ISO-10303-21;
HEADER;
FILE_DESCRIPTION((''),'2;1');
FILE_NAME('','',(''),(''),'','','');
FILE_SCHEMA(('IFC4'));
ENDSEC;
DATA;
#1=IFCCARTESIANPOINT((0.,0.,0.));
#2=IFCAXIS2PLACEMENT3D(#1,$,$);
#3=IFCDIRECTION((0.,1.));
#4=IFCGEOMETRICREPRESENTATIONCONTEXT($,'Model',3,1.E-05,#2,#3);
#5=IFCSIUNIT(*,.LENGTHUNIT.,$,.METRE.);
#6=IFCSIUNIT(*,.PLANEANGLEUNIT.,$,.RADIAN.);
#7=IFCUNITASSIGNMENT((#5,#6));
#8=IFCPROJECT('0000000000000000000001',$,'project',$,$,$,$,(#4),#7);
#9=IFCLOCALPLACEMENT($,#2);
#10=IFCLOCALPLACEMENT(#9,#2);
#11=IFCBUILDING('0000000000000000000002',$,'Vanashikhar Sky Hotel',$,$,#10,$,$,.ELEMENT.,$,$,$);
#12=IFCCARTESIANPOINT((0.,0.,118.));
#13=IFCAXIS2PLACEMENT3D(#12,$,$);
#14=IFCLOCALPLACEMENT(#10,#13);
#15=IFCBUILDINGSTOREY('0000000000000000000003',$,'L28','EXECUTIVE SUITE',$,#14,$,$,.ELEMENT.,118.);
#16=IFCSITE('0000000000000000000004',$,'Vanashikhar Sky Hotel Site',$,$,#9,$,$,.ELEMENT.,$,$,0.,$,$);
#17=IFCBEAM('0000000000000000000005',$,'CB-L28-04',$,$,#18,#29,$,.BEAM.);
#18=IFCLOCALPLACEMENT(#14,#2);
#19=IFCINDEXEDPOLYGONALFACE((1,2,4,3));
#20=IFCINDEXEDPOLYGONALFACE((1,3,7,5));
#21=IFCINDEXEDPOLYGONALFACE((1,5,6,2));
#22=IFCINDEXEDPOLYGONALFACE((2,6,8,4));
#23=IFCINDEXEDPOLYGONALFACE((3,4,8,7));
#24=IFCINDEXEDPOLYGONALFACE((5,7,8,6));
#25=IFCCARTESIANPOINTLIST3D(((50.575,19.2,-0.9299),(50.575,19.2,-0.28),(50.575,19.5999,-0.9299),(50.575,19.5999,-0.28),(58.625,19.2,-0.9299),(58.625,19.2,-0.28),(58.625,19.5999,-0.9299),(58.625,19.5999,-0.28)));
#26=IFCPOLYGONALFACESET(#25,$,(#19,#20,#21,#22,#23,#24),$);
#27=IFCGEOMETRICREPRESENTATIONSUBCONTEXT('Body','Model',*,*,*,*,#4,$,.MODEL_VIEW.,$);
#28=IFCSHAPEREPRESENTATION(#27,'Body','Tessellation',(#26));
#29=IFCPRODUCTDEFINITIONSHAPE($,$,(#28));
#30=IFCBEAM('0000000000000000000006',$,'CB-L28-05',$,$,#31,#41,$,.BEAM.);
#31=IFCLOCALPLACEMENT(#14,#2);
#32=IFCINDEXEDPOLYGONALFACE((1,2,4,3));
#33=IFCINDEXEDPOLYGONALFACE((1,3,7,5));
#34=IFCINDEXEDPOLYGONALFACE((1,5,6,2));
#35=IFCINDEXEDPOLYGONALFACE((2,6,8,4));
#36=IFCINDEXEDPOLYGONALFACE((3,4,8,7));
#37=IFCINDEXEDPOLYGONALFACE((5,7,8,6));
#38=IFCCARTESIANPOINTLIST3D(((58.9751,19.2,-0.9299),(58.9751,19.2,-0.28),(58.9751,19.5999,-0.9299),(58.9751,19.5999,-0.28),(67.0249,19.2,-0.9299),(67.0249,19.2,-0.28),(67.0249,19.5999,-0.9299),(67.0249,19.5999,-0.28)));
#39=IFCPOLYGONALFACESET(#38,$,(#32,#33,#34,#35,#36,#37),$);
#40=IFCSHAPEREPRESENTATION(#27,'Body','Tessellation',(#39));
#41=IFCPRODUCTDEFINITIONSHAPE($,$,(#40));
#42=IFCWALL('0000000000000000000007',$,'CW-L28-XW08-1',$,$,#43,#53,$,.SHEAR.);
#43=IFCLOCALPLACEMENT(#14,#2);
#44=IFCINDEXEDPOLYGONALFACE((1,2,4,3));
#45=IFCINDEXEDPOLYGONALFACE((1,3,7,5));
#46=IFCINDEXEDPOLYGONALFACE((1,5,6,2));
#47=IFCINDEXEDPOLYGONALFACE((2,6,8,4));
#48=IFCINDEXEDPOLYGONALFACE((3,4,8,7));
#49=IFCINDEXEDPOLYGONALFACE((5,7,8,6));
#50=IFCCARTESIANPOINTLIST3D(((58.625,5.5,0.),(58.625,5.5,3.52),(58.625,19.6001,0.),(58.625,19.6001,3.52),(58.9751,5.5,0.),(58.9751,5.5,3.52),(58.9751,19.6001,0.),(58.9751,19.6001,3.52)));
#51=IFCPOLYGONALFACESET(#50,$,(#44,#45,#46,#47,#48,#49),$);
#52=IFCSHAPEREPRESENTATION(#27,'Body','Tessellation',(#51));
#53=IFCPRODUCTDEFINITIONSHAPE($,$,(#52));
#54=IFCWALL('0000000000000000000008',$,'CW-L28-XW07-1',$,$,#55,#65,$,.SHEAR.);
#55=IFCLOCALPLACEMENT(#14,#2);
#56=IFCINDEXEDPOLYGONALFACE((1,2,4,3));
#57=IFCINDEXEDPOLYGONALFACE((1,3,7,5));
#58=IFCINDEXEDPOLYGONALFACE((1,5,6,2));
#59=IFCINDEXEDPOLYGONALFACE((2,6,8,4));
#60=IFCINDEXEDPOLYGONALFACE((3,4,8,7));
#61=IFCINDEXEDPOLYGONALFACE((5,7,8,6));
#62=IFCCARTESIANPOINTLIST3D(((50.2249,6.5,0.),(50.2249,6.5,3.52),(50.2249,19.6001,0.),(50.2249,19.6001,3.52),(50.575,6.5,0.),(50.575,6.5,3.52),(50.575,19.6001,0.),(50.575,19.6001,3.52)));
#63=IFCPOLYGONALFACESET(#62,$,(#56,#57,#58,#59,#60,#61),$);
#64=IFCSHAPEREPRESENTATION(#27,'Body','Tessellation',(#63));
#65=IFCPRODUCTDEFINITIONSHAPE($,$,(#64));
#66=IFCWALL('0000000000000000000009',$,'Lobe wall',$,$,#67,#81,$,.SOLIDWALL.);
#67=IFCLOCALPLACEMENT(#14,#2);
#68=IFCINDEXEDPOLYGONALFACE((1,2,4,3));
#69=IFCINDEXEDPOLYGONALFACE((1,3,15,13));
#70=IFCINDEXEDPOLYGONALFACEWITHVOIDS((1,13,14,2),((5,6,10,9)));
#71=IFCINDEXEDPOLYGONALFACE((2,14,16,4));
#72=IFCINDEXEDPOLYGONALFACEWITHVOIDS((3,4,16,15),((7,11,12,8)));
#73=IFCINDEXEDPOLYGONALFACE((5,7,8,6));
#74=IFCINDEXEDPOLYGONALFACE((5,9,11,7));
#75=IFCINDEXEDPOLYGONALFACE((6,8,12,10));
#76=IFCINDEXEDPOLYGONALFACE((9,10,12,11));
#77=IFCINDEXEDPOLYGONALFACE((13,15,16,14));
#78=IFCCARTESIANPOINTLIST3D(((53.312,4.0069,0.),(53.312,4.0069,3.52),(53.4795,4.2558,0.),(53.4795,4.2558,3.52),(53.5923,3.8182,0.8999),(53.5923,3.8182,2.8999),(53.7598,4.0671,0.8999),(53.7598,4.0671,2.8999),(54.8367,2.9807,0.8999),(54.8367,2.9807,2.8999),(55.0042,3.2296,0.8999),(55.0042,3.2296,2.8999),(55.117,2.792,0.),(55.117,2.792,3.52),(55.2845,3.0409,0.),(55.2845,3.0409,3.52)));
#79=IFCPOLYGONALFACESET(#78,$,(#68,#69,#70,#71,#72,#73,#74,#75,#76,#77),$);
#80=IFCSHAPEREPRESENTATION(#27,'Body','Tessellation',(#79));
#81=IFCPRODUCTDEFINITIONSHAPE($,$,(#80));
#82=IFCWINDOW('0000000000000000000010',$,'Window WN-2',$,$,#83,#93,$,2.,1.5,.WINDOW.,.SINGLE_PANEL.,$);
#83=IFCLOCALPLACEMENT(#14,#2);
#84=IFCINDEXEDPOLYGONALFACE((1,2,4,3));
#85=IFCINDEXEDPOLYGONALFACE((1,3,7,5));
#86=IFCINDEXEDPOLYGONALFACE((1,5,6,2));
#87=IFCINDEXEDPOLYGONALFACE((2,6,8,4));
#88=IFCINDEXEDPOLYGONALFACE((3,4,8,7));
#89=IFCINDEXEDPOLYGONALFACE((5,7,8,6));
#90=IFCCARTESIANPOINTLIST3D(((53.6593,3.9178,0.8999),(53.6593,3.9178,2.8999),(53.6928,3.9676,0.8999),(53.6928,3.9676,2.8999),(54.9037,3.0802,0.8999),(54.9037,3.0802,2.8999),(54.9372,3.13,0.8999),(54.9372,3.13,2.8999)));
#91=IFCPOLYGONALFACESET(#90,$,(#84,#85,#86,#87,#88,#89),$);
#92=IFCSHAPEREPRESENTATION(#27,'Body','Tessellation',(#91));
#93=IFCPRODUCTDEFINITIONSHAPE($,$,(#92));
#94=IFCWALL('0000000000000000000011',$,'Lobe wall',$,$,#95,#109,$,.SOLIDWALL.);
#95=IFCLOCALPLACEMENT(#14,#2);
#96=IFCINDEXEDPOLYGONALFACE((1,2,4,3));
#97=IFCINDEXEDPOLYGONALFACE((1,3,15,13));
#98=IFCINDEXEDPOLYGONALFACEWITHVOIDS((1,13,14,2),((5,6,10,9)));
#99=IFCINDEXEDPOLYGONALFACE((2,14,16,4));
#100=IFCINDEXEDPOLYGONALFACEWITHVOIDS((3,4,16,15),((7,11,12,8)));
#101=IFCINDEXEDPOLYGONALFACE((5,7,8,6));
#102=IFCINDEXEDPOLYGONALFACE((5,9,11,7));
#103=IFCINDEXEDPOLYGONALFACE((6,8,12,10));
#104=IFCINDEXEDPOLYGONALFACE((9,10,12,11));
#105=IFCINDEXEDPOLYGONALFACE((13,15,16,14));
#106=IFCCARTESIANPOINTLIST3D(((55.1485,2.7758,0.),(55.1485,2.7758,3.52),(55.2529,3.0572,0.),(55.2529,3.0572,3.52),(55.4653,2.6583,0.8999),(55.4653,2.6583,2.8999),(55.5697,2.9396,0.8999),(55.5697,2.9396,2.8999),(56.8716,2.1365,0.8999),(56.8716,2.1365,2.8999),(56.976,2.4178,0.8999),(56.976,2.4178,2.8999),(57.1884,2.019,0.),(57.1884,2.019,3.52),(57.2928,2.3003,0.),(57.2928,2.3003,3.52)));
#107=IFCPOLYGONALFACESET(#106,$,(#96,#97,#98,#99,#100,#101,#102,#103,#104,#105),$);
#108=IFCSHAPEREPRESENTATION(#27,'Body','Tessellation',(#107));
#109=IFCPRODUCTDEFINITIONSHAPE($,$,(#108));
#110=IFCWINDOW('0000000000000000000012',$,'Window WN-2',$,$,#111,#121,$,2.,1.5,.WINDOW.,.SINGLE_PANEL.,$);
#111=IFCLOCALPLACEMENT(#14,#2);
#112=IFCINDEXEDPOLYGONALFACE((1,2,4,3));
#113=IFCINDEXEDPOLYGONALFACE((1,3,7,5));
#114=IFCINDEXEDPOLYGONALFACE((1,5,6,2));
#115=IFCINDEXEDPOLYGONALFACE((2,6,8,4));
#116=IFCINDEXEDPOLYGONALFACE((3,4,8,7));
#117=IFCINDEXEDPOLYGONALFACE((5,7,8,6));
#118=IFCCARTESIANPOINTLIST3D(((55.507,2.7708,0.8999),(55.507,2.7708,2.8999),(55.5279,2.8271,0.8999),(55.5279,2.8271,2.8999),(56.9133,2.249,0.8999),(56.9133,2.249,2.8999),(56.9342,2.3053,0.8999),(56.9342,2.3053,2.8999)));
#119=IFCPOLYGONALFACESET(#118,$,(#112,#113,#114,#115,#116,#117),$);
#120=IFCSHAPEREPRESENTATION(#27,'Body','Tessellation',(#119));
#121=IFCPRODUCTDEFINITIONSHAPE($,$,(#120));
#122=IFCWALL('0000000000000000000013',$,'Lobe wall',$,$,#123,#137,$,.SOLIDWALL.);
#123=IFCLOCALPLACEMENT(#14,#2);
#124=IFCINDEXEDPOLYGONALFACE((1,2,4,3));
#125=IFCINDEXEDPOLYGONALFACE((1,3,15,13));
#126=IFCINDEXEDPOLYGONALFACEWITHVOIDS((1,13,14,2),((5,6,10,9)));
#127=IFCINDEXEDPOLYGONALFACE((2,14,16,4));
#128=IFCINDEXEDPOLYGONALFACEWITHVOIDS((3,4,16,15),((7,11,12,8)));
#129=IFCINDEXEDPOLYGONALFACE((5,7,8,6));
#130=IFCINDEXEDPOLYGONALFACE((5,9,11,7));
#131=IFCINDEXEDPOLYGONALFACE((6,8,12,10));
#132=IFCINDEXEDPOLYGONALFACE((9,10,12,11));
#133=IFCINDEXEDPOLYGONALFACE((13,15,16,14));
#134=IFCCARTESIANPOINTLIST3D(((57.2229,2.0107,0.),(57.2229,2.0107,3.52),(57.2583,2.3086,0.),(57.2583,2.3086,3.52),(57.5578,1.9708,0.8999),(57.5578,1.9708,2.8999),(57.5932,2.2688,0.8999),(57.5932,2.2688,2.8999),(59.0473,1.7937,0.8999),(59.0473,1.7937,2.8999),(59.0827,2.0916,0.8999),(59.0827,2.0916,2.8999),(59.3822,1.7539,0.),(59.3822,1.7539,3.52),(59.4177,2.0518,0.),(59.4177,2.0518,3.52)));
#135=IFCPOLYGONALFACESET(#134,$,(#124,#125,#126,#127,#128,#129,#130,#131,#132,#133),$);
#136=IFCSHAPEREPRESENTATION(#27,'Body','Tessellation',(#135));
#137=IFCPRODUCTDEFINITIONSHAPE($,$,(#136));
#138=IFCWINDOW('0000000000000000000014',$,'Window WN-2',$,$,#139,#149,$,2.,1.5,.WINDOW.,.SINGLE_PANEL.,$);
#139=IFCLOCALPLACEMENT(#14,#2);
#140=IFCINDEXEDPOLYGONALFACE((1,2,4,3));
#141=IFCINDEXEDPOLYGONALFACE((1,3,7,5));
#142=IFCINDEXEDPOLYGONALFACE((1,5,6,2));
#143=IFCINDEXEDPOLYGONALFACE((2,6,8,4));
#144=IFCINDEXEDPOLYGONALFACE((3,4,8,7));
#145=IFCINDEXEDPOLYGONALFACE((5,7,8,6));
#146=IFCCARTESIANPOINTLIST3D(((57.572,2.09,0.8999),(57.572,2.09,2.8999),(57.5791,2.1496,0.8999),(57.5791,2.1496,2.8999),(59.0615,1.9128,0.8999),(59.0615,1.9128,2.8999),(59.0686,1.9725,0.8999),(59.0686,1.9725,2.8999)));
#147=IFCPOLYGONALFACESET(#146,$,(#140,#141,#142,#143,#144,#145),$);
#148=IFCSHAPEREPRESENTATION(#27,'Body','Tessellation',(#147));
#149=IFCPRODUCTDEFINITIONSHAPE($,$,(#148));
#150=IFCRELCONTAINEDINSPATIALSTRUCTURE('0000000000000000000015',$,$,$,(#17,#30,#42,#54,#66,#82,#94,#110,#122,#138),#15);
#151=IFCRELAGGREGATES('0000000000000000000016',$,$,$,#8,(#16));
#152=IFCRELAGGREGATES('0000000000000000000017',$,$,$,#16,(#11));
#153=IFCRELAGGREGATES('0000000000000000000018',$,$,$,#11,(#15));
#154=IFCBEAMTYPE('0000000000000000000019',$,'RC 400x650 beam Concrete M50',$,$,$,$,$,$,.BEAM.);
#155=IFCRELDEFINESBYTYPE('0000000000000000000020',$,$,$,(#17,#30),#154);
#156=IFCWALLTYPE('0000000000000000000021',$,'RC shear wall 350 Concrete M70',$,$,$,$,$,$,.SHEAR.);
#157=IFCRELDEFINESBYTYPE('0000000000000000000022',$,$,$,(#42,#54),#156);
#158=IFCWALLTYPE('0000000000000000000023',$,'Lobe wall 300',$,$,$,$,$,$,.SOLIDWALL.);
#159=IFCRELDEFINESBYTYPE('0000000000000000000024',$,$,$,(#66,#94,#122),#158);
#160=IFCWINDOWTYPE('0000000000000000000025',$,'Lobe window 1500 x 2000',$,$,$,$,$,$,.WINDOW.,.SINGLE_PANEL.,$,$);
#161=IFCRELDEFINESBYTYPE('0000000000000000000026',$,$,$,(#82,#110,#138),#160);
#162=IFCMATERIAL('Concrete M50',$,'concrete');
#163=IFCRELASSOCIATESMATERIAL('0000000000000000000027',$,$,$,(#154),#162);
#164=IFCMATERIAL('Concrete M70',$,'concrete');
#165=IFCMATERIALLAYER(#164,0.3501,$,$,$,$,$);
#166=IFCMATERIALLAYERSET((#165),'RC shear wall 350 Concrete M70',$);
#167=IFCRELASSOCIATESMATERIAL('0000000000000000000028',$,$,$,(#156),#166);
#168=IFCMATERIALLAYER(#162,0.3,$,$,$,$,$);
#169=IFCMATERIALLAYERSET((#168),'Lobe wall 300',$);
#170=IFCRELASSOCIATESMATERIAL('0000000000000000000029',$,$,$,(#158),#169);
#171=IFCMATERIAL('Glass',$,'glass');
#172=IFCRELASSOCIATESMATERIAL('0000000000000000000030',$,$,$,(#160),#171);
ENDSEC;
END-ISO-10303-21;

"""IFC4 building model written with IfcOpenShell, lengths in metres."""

from ifc_helpers import new_model, si_unit, direction, frame, frame_2d, origin, origin_2d, place, context, subcontext, project, spatial, rectangle, extrude, source, transform, mapped, material, layer, layer_set, material_profile, profile_set, type_object, element, fill, save


model = new_model("IFC4")

# Units and contexts
model_context = context("Model", 3, precision=1e-05, world=origin(), true_north=direction((0.0, 1.0)))
body_context = subcontext(model_context, "Body", "Model", "MODEL_VIEW")
ifc_project = project(units=[si_unit("LENGTHUNIT", "METRE"), si_unit("PLANEANGLEUNIT", "RADIAN")], contexts=[model_context])

# Site, building, storey
site_placement = place(None, origin())
site = spatial("IfcSite", under=ifc_project, at=site_placement, Name="Vanashikhar Sky Hotel Site", CompositionType="ELEMENT", RefElevation=0.0)
building_placement = place(site_placement, origin())
building = spatial("IfcBuilding", under=site, at=building_placement, Name="Vanashikhar Sky Hotel", CompositionType="ELEMENT")
storey_placement = place(building_placement, frame((0.0, 0.0, 118.0)))
storey = spatial("IfcBuildingStorey", under=building, at=storey_placement, Name="L28", Description="EXECUTIVE SUITE", CompositionType="ELEMENT", Elevation=118.0)

# Beams
ifc_material_1 = material(Name="Concrete M50", Category="concrete")
ifc_material_profile_1 = material_profile(ifc_material_1, rectangle(XDim=0.3999, YDim=0.6499, at=origin_2d()))
ifc_profile_set_1 = profile_set([ifc_material_profile_1], Name="RC 400x650 beam Concrete M50")
beam_type = type_object("IfcBeamType", Name="RC 400x650 beam Concrete M50", PredefinedType="BEAM", material=ifc_profile_set_1)
shared_shape_1 = source(origin(), body_context, "Body", "SweptSolid", [
    extrude(rectangle(XDim=0.3999, YDim=0.6499, at=origin_2d()), origin(), (0.0, 0.0, 1.0), 8.05),
])
beam_1_placement = place(storey_placement, frame((50.575, 19.3999, -0.605), z_axis=(1.0, 0.0, 0.0), x_axis=(0.0, 1.0, 0.0)))
element("IfcBeam", 1, at=beam_1_placement, inside=storey, type_object=beam_type, Name="CB-L28-04", PredefinedType="BEAM", context=body_context, shape_type="MappedRepresentation", body=[
    mapped(shared_shape_1, transform((0.0, 0.0, 0.0), scale=1.0)),
])
shared_shape_2 = source(origin(), body_context, "Body", "SweptSolid", [
    extrude(rectangle(XDim=0.3999, YDim=0.6499, at=origin_2d()), origin(), (0.0, 0.0, 1.0), 8.0498),
])
beam_2_placement = place(storey_placement, frame((58.9751, 19.3999, -0.605), z_axis=(1.0, 0.0, 0.0), x_axis=(0.0, 1.0, 0.0)))
element("IfcBeam", 2, at=beam_2_placement, inside=storey, type_object=beam_type, Name="CB-L28-05", PredefinedType="BEAM", context=body_context, shape_type="MappedRepresentation", body=[
    mapped(shared_shape_2, transform((0.0, 0.0, 0.0), scale=1.0)),
])

# Walls
ifc_material_2 = material(Name="Concrete M70", Category="concrete")
ifc_layer_1 = layer(ifc_material_2, 0.3501)
ifc_layer_set_1 = layer_set([ifc_layer_1], Name="RC shear wall 350 Concrete M70")
wall_type_1 = type_object("IfcWallType", Name="RC shear wall 350 Concrete M70", PredefinedType="SHEAR", material=ifc_layer_set_1)
shared_shape_3 = source(origin(), body_context, "Body", "SweptSolid", [
    extrude(rectangle(XDim=14.1001, YDim=0.3501, at=frame_2d((7.05, 0.0))), origin(), (0.0, 0.0, 1.0), 3.52),
])
wall_1_placement = place(storey_placement, frame((58.8, 5.5, 0.0), z_axis=(0.0, 0.0, 1.0), x_axis=(0.0, 1.0, 0.0)))
element("IfcWall", 3, at=wall_1_placement, inside=storey, type_object=wall_type_1, Name="CW-L28-XW08-1", PredefinedType="SHEAR", context=body_context, shape_type="MappedRepresentation", body=[
    mapped(shared_shape_3, transform((0.0, 0.0, 0.0), scale=1.0)),
])
shared_shape_4 = source(origin(), body_context, "Body", "SweptSolid", [
    extrude(rectangle(XDim=13.1001, YDim=0.3501, at=frame_2d((6.55, 0.0))), origin(), (0.0, 0.0, 1.0), 3.52),
])
wall_2_placement = place(storey_placement, frame((50.3999, 6.5, 0.0), z_axis=(0.0, 0.0, 1.0), x_axis=(0.0, 1.0, 0.0)))
element("IfcWall", 4, at=wall_2_placement, inside=storey, type_object=wall_type_1, Name="CW-L28-XW07-1", PredefinedType="SHEAR", context=body_context, shape_type="MappedRepresentation", body=[
    mapped(shared_shape_4, transform((0.0, 0.0, 0.0), scale=1.0)),
])

# Walls, openings, windows
ifc_layer_2 = layer(ifc_material_1, 0.3)
ifc_layer_set_2 = layer_set([ifc_layer_2], Name="Lobe wall 300")
wall_type_2 = type_object("IfcWallType", Name="Lobe wall 300", PredefinedType="SOLIDWALL", material=ifc_layer_set_2)
shared_shape_5 = source(origin(), body_context, "Body", "SweptSolid", [
    extrude(rectangle(XDim=2.1758, YDim=0.3, at=frame_2d((1.0879, 0.0))), origin(), (0.0, 0.0, 1.0), 3.52),
])
wall_3_placement = place(storey_placement, frame((53.3958, 4.1313, 0.0), z_axis=(0.0, 0.0, 1.0), x_axis=(0.829591, -0.558372, 0.0)))
wall_3 = element("IfcWall", 5, at=wall_3_placement, inside=storey, type_object=wall_type_2, Name="Lobe wall", PredefinedType="SOLIDWALL", context=body_context, shape_type="MappedRepresentation", body=[
    mapped(shared_shape_5, transform((0.0, 0.0, 0.0), scale=1.0)),
])
shared_shape_6 = source(origin(), body_context, "Body", "SweptSolid", [
    extrude(rectangle(XDim=1.5, YDim=2.0, at=frame_2d((0.75, 1.0))), frame((0.0, 0.1602, 0.0), z_axis=(0.0, -1.0, 0.0), x_axis=(1.0, 0.0, 0.0)), (0.0, 0.0, 1.0), 0.3201),
])
opening_1_placement = place(wall_3_placement, frame((0.3379, 0.0, 0.8999)))
opening_1 = element("IfcOpeningElement", 6, at=opening_1_placement, cuts=wall_3, PredefinedType="OPENING", context=body_context, shape_type="MappedRepresentation", body=[
    mapped(shared_shape_6, transform((0.0, 0.0, 0.0), scale=1.0)),
])
ifc_material_3 = material(Name="Glass", Category="glass")
window_type = type_object("IfcWindowType", Name="Lobe window 1500 x 2000", PartitioningType="SINGLE_PANEL", PredefinedType="WINDOW", material=ifc_material_3)
shared_shape_7 = source(origin(), body_context, "Body", "SweptSolid", [
    extrude(rectangle(XDim=1.5, YDim=2.0, at=frame_2d((0.75, 1.0))), frame((0.0, 0.03, 0.0), z_axis=(0.0, -1.0, 0.0), x_axis=(1.0, 0.0, 0.0)), (0.0, 0.0, 1.0), 0.0601),
])
window_1_placement = place(opening_1_placement, origin())
window_1 = element("IfcWindow", 7, at=window_1_placement, inside=storey, type_object=window_type, Name="Window WN-2", OverallHeight=2.0, OverallWidth=1.5, PartitioningType="SINGLE_PANEL", PredefinedType="WINDOW", context=body_context, shape_type="MappedRepresentation", body=[
    mapped(shared_shape_7, transform((0.0, 0.0, 0.0), scale=1.0)),
])
fill(opening_1, window_1)
wall_4_placement = place(storey_placement, frame((55.2007, 2.9165, 0.0), z_axis=(0.0, 0.0, 1.0), x_axis=(0.937546, -0.347863, 0.0)))
wall_4 = element("IfcWall", 8, at=wall_4_placement, inside=storey, type_object=wall_type_2, Name="Lobe wall", PredefinedType="SOLIDWALL", context=body_context, shape_type="MappedRepresentation", body=[
    mapped(shared_shape_5, transform((0.0, 0.0, 0.0), scale=1.0)),
])
opening_2_placement = place(wall_4_placement, frame((0.3379, 0.0, 0.8999)))
opening_2 = element("IfcOpeningElement", 9, at=opening_2_placement, cuts=wall_4, PredefinedType="OPENING", context=body_context, shape_type="MappedRepresentation", body=[
    mapped(shared_shape_6, transform((0.0, 0.0, 0.0), scale=1.0)),
])
window_2_placement = place(opening_2_placement, origin())
window_2 = element("IfcWindow", 10, at=window_2_placement, inside=storey, type_object=window_type, Name="Window WN-2", OverallHeight=2.0, OverallWidth=1.5, PartitioningType="SINGLE_PANEL", PredefinedType="WINDOW", context=body_context, shape_type="MappedRepresentation", body=[
    mapped(shared_shape_7, transform((0.0, 0.0, 0.0), scale=1.0)),
])
fill(opening_2, window_2)
shared_shape_8 = source(origin(), body_context, "Body", "SweptSolid", [
    extrude(rectangle(XDim=2.1746, YDim=0.3, at=frame_2d((1.0874, 0.0))), origin(), (0.0, 0.0, 1.0), 3.52),
])
wall_5_placement = place(storey_placement, frame((57.2405, 2.1597, 0.0), z_axis=(0.0, 0.0, 1.0), x_axis=(0.993001, -0.118105, 0.0)))
wall_5 = element("IfcWall", 11, at=wall_5_placement, inside=storey, type_object=wall_type_2, Name="Lobe wall", PredefinedType="SOLIDWALL", context=body_context, shape_type="MappedRepresentation", body=[
    mapped(shared_shape_8, transform((0.0, 0.0, 0.0), scale=1.0)),
])
opening_3_placement = place(wall_5_placement, frame((0.3374, 0.0, 0.8999)))
opening_3 = element("IfcOpeningElement", 12, at=opening_3_placement, cuts=wall_5, PredefinedType="OPENING", context=body_context, shape_type="MappedRepresentation", body=[
    mapped(shared_shape_6, transform((0.0, 0.0, 0.0), scale=1.0)),
])
window_3_placement = place(opening_3_placement, origin())
window_3 = element("IfcWindow", 13, at=window_3_placement, inside=storey, type_object=window_type, Name="Window WN-2", OverallHeight=2.0, OverallWidth=1.5, PartitioningType="SINGLE_PANEL", PredefinedType="WINDOW", context=body_context, shape_type="MappedRepresentation", body=[
    mapped(shared_shape_7, transform((0.0, 0.0, 0.0), scale=1.0)),
])
fill(opening_3, window_3)

save(model, "model.ifc")
